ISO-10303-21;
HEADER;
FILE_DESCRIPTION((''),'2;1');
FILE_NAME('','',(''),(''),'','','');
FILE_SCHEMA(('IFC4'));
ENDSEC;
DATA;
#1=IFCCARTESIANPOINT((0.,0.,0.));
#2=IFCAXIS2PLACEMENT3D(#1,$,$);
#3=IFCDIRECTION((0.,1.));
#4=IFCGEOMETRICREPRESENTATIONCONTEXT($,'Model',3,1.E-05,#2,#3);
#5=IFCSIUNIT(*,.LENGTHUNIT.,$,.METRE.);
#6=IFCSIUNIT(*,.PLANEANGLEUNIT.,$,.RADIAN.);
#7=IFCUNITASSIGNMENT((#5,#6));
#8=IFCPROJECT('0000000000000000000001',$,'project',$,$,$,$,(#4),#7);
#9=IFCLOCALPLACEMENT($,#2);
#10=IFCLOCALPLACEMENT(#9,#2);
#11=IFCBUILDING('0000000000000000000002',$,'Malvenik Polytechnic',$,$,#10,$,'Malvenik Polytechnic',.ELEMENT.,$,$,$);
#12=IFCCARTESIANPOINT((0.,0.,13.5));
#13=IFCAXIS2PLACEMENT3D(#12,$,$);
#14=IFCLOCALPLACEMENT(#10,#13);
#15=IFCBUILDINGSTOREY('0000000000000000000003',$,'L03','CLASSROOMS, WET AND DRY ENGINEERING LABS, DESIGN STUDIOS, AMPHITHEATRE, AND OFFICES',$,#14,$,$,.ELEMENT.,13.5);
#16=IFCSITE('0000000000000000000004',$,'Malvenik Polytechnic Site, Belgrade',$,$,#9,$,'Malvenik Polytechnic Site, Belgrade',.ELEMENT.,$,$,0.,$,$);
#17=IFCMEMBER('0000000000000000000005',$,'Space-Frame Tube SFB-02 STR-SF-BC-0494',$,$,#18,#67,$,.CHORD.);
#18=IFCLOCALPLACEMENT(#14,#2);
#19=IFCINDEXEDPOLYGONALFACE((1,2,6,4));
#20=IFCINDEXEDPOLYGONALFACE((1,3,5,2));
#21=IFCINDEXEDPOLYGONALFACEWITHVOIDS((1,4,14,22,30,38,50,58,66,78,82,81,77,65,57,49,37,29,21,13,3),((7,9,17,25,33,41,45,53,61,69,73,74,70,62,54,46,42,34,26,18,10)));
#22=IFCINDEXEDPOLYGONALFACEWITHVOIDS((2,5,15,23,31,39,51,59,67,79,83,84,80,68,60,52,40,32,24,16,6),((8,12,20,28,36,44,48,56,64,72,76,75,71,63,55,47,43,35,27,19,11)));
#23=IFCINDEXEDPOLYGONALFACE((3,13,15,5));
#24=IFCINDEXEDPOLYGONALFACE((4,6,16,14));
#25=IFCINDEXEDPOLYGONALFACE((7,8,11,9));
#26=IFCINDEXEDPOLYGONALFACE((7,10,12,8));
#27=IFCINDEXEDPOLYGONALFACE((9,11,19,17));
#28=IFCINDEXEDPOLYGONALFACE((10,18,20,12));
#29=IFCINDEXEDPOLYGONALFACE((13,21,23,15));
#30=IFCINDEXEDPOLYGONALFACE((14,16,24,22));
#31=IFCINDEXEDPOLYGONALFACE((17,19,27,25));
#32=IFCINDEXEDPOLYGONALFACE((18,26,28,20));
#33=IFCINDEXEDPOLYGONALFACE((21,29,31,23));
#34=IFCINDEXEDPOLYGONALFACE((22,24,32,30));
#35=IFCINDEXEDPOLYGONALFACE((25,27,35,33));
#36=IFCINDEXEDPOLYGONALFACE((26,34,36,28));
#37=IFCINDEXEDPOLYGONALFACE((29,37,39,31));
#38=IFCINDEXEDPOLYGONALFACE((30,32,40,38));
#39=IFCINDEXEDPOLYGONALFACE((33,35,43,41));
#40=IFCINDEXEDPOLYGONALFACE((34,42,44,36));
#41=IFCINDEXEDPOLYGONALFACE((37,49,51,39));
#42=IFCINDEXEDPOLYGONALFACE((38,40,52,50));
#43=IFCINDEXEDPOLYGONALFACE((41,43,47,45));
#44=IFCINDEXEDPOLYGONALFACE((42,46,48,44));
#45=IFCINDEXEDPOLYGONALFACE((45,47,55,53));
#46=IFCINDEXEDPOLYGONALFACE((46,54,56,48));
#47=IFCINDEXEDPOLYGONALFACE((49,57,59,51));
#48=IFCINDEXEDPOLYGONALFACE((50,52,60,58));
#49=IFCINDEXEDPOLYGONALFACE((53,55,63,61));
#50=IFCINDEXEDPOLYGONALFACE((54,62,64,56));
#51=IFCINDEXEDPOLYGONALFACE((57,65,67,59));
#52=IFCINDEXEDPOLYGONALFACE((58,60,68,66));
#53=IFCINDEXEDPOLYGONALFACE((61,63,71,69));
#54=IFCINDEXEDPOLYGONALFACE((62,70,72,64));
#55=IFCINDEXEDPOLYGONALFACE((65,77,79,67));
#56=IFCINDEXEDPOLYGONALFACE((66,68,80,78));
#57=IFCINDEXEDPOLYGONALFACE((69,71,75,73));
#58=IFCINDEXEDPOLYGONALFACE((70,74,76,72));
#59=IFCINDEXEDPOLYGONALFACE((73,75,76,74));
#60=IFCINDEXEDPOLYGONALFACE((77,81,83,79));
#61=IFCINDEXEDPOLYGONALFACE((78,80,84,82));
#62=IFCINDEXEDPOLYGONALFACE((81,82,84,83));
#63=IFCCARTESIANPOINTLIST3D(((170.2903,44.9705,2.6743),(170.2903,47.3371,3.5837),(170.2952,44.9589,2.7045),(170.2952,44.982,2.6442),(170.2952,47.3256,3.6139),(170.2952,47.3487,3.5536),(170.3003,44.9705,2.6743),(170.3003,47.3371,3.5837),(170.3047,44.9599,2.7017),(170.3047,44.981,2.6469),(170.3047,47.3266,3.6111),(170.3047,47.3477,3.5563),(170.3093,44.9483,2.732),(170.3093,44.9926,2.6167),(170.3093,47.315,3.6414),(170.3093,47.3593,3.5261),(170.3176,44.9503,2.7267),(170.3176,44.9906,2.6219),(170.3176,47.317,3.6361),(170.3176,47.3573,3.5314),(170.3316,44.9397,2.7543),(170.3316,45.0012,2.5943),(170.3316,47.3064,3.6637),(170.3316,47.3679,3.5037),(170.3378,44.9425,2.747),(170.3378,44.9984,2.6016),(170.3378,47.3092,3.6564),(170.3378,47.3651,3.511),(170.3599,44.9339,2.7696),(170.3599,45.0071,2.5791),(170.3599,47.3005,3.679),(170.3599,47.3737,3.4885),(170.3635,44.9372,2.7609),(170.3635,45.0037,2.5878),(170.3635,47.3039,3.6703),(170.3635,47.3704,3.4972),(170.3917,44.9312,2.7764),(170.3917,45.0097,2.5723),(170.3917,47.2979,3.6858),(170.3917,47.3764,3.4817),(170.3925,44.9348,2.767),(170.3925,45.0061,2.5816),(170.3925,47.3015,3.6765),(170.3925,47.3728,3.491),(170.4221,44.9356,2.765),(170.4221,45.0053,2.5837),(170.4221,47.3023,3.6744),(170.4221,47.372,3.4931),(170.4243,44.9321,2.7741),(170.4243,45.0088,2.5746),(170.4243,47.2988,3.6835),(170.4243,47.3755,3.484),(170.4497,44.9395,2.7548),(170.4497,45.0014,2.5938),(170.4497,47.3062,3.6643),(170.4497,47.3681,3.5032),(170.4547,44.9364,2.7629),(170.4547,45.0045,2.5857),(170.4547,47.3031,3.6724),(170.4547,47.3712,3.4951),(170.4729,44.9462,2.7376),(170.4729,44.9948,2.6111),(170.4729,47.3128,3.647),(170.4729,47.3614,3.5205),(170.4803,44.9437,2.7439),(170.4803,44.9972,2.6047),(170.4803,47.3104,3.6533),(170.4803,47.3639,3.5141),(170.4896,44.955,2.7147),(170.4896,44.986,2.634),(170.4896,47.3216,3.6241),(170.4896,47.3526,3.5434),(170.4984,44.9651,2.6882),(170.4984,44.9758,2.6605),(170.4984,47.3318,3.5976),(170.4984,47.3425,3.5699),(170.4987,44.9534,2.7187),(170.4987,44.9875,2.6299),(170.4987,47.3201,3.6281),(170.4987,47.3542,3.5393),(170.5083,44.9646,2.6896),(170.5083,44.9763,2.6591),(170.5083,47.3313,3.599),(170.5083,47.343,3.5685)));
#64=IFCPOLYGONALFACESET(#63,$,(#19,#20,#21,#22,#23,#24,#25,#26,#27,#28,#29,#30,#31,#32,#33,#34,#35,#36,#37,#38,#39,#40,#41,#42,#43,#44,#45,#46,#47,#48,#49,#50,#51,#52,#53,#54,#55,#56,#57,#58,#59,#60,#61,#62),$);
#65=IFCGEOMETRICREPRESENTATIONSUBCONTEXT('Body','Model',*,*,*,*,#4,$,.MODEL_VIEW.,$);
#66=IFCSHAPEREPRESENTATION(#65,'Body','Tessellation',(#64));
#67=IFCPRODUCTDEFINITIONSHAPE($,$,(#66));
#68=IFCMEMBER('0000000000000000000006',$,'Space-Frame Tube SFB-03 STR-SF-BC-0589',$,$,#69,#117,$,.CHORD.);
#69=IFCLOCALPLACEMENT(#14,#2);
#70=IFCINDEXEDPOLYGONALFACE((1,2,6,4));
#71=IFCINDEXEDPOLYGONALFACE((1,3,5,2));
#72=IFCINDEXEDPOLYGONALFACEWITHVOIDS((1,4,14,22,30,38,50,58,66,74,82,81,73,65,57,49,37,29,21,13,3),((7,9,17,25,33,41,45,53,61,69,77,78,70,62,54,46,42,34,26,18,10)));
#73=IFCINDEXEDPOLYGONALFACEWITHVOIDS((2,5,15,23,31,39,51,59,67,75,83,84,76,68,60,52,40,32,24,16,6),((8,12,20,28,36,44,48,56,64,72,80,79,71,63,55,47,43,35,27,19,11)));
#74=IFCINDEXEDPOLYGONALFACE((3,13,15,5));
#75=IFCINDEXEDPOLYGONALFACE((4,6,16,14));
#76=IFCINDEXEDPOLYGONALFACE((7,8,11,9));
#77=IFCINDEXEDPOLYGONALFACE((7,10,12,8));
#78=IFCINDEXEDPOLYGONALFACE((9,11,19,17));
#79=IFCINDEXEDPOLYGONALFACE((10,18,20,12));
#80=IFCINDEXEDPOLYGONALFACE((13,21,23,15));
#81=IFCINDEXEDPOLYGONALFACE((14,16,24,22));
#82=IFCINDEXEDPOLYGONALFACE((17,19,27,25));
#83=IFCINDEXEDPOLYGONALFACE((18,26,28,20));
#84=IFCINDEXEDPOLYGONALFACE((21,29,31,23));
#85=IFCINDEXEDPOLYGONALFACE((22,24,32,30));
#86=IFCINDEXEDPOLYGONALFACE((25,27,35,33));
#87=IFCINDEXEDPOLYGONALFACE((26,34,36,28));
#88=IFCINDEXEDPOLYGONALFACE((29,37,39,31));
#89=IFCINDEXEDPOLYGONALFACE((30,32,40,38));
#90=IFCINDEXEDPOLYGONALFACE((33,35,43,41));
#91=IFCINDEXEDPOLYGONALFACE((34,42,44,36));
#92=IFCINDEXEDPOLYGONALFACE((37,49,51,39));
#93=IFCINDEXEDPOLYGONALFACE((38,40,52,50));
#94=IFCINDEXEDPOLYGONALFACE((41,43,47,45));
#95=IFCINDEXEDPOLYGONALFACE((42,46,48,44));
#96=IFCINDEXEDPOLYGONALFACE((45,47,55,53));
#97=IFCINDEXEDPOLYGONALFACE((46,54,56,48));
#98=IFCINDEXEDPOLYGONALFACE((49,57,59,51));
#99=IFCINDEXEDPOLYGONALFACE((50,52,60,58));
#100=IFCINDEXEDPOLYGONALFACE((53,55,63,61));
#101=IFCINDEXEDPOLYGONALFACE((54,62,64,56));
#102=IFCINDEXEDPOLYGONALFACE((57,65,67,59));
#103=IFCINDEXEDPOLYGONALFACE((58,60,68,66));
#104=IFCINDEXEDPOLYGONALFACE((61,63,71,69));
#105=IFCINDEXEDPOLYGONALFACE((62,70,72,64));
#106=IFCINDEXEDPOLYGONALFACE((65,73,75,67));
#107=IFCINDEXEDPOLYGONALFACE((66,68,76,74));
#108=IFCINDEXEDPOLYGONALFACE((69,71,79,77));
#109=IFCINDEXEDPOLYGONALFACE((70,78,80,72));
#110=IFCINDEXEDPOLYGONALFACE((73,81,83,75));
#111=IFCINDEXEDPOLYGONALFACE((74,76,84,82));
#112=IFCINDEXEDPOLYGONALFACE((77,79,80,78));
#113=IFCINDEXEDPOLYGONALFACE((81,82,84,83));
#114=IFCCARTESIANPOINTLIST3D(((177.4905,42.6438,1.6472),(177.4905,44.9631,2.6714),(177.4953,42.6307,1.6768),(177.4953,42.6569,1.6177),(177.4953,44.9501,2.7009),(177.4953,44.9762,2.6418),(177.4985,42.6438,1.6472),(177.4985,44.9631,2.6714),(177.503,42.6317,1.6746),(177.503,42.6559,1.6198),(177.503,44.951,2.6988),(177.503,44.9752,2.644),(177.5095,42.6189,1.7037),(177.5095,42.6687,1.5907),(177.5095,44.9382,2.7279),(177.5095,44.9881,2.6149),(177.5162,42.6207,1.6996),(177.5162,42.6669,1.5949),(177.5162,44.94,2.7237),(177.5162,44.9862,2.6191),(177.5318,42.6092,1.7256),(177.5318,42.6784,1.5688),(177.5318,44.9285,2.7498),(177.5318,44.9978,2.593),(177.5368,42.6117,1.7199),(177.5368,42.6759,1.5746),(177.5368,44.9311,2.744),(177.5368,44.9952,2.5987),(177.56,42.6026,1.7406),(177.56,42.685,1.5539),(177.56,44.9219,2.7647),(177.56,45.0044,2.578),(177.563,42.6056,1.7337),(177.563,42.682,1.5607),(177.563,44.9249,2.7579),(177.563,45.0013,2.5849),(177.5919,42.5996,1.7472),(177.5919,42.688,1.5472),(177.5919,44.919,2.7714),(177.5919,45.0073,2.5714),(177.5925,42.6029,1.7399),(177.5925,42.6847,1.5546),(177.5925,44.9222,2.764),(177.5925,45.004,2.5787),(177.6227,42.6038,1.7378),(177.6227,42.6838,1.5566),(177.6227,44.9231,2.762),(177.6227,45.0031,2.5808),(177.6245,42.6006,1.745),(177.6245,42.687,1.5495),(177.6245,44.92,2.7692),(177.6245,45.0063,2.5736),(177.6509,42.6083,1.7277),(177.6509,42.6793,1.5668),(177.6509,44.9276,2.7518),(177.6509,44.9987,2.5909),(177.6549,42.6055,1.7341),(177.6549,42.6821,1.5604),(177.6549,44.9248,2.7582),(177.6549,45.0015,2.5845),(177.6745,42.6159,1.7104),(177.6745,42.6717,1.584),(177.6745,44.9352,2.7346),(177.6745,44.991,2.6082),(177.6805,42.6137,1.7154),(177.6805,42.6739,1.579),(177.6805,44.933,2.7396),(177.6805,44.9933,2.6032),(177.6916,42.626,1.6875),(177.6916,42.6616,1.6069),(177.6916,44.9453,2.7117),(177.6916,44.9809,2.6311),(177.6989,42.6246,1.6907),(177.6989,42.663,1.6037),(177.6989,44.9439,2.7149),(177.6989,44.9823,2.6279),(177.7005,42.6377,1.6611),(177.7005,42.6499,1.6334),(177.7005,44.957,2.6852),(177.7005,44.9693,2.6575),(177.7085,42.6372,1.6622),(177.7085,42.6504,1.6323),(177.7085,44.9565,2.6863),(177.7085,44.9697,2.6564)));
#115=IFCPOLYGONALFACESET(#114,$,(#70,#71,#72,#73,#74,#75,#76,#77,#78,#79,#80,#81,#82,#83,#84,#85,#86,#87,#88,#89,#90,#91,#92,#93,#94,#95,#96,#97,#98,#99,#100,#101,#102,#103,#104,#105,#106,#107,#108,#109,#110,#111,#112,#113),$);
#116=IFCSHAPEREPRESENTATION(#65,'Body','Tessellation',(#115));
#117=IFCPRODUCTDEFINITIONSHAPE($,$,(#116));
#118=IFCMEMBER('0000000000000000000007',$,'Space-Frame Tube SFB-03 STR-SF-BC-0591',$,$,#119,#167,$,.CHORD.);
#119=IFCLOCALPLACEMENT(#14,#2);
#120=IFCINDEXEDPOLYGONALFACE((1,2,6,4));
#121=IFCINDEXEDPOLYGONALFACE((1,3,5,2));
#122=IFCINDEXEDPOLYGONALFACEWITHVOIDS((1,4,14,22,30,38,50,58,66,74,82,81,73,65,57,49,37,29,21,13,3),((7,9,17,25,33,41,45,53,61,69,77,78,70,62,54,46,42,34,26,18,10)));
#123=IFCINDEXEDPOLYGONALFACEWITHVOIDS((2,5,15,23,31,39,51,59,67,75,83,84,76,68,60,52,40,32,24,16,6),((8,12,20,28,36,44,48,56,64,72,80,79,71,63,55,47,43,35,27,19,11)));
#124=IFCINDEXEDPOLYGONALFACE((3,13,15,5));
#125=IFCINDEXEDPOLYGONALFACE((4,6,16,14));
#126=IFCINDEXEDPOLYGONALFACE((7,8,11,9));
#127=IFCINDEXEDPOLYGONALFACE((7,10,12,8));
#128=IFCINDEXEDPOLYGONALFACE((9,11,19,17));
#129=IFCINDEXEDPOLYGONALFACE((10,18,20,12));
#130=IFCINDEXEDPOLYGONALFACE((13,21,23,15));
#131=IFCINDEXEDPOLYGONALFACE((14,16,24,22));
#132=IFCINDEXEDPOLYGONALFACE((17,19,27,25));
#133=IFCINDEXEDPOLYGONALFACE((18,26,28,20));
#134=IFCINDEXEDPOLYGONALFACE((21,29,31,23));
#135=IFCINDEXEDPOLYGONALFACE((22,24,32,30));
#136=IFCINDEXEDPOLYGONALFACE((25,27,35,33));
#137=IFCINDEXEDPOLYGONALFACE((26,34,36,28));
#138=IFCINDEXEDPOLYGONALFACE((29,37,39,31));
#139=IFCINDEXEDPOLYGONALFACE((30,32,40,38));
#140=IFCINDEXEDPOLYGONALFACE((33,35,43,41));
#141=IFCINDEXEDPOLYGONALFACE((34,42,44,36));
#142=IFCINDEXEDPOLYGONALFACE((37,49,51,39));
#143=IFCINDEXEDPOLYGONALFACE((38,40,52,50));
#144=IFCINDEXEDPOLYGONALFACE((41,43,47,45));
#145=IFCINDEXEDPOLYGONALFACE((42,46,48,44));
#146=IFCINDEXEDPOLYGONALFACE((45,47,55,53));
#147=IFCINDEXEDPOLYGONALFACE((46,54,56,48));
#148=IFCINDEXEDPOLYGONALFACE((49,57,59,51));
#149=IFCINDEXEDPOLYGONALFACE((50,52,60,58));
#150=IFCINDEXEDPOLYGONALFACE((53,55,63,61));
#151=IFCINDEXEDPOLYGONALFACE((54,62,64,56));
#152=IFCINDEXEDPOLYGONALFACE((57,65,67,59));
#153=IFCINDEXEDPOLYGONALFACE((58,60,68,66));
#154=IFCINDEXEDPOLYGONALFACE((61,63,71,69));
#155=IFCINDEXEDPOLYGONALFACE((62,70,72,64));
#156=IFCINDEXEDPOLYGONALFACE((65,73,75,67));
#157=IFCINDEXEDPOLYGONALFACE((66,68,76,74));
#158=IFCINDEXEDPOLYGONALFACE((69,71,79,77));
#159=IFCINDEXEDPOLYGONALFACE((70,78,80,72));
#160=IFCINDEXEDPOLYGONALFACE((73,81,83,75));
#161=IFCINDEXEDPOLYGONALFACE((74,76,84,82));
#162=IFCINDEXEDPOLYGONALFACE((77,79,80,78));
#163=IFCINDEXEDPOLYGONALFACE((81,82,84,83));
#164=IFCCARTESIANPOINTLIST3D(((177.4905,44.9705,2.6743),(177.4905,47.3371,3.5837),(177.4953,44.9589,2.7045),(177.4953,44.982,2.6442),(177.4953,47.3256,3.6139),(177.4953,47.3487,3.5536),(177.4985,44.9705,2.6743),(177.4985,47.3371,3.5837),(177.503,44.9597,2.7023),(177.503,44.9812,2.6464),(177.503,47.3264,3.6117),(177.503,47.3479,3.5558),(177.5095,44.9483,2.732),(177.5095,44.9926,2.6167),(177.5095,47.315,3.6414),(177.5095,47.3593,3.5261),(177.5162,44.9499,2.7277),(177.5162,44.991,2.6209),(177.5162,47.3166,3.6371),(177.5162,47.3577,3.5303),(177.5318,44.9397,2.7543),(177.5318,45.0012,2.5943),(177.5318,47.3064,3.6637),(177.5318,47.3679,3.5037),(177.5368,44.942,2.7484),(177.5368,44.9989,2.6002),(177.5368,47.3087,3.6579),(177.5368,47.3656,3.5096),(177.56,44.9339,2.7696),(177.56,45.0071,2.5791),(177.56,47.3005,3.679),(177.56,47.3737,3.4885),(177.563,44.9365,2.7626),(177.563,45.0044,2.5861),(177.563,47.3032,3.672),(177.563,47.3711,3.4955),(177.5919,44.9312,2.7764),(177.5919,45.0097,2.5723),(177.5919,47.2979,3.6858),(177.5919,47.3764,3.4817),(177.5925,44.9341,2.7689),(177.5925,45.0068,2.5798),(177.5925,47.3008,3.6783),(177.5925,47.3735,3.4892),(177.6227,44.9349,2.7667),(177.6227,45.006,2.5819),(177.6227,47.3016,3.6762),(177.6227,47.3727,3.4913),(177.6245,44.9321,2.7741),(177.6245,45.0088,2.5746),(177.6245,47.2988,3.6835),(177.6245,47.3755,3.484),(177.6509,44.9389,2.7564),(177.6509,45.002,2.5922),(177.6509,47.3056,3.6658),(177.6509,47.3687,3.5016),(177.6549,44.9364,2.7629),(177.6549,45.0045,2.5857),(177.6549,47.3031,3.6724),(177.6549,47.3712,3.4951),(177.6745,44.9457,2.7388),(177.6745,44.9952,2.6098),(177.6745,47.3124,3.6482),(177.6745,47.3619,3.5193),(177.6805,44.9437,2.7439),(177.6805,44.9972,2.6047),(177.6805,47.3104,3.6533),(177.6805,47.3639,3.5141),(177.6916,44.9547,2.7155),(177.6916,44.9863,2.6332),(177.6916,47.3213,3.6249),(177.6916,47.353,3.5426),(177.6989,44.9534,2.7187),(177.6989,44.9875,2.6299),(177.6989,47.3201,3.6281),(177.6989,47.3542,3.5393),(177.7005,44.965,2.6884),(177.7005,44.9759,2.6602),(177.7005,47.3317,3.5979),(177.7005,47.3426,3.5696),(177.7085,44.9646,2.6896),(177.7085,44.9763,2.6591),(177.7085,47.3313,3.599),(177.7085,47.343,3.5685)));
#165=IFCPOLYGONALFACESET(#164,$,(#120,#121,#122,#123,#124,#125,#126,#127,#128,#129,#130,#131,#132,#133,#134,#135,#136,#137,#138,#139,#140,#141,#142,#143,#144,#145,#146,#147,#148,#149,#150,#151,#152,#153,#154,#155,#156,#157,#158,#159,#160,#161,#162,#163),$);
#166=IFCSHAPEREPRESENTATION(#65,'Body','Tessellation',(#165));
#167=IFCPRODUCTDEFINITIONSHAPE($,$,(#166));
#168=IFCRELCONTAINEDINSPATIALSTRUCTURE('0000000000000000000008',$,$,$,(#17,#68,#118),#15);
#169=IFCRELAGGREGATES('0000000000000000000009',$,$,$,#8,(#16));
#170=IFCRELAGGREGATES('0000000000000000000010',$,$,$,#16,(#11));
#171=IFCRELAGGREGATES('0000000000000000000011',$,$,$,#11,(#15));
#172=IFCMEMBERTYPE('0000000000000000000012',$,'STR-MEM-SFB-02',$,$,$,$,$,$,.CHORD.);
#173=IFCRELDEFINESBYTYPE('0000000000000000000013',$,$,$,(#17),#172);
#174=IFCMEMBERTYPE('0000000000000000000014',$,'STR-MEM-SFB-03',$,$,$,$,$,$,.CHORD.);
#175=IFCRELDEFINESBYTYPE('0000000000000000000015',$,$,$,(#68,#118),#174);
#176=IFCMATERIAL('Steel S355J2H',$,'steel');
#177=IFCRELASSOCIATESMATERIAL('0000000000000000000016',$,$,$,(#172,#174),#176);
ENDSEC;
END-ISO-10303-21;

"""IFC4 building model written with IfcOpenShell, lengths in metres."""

from ifc_helpers import new_model, si_unit, direction, frame, origin, origin_2d, place, context, subcontext, project, spatial, hollow_circle, extrude, material, material_profile, profile_set, type_object, element, save


model = new_model("IFC4")

# Units and contexts
model_context = context("Model", 3, precision=1e-05, world=origin(), true_north=direction((0.0, 1.0)))
body_context = subcontext(model_context, "Body", "Model", "MODEL_VIEW")
ifc_project = project(units=[si_unit("LENGTHUNIT", "METRE"), si_unit("PLANEANGLEUNIT", "RADIAN")], contexts=[model_context])

# Site, building, storey
site_placement = place(None, origin())
site = spatial("IfcSite", under=ifc_project, at=site_placement, Name="Malvenik Polytechnic Site, Belgrade", LongName="Malvenik Polytechnic Site, Belgrade", CompositionType="ELEMENT", RefElevation=0.0)
building_placement = place(site_placement, origin())
building = spatial("IfcBuilding", under=site, at=building_placement, Name="Malvenik Polytechnic", LongName="Malvenik Polytechnic", CompositionType="ELEMENT")
storey_placement = place(building_placement, frame((0.0, 0.0, 13.5)))
storey = spatial("IfcBuildingStorey", under=building, at=storey_placement, Name="L03", Description="CLASSROOMS, WET AND DRY ENGINEERING LABS, DESIGN STUDIOS, AMPHITHEATRE, AND OFFICES", CompositionType="ELEMENT", Elevation=13.5)

# Members
ifc_material_1 = material(Name="Steel S355J2H", Category="steel")
ifc_material_profile_1 = material_profile(ifc_material_1, hollow_circle(Radius=0.1096, WallThickness=0.01, at=origin_2d()), Name="CHS 219.1x10.0")
ifc_profile_set_1 = profile_set([ifc_material_profile_1], Name="Steel S355J2H")
member_type_1 = type_object("IfcMemberType", Name="STR-MEM-SFB-02", PredefinedType="CHORD", material=ifc_profile_set_1)
for number, where, z_axis, x_axis, name in (
    (1, (170.3999, 44.9705, 2.6743), (0.0, 0.933457, 0.358689), (-1.0, 0.0, 0.0), "Space-Frame Tube SFB-02 STR-SF-BC-0494"),
):
    element("IfcMember", number, at=place(storey_placement, frame(where, z_axis=z_axis, x_axis=x_axis)), inside=storey, type_object=member_type_1, Name=name, PredefinedType="CHORD", context=body_context, shape_type="SweptSolid", body=[
        extrude(hollow_circle(Radius=0.1096, WallThickness=0.01, at=origin_2d()), origin(), (0.0, 0.0, 1.0), 2.5354),
    ])
ifc_material_profile_2 = material_profile(ifc_material_1, hollow_circle(Radius=0.1096, WallThickness=0.0081, at=origin_2d()), Name="CHS 219.1x8.0")
ifc_profile_set_2 = profile_set([ifc_material_profile_2], Name="Steel S355J2H")
member_type_2 = type_object("IfcMemberType", Name="STR-MEM-SFB-03", PredefinedType="CHORD", material=ifc_profile_set_2)
for number, where, z_axis, x_axis, name in (
    (2, (177.6001, 42.6438, 1.6472), (0.0, 0.914782, 0.403948), (-1.0, 0.0, 0.0), "Space-Frame Tube SFB-03 STR-SF-BC-0589"),
    (3, (177.6001, 44.9705, 2.6743), (0.0, 0.933457, 0.358689), (-1.0, 0.0, 0.0), "Space-Frame Tube SFB-03 STR-SF-BC-0591"),
):
    element("IfcMember", number, at=place(storey_placement, frame(where, z_axis=z_axis, x_axis=x_axis)), inside=storey, type_object=member_type_2, Name=name, PredefinedType="CHORD", context=body_context, shape_type="SweptSolid", body=[
        extrude(hollow_circle(Radius=0.1096, WallThickness=0.0081, at=origin_2d()), origin(), (0.0, 0.0, 1.0), 2.5354),
    ])

save(model, "model.ifc")
